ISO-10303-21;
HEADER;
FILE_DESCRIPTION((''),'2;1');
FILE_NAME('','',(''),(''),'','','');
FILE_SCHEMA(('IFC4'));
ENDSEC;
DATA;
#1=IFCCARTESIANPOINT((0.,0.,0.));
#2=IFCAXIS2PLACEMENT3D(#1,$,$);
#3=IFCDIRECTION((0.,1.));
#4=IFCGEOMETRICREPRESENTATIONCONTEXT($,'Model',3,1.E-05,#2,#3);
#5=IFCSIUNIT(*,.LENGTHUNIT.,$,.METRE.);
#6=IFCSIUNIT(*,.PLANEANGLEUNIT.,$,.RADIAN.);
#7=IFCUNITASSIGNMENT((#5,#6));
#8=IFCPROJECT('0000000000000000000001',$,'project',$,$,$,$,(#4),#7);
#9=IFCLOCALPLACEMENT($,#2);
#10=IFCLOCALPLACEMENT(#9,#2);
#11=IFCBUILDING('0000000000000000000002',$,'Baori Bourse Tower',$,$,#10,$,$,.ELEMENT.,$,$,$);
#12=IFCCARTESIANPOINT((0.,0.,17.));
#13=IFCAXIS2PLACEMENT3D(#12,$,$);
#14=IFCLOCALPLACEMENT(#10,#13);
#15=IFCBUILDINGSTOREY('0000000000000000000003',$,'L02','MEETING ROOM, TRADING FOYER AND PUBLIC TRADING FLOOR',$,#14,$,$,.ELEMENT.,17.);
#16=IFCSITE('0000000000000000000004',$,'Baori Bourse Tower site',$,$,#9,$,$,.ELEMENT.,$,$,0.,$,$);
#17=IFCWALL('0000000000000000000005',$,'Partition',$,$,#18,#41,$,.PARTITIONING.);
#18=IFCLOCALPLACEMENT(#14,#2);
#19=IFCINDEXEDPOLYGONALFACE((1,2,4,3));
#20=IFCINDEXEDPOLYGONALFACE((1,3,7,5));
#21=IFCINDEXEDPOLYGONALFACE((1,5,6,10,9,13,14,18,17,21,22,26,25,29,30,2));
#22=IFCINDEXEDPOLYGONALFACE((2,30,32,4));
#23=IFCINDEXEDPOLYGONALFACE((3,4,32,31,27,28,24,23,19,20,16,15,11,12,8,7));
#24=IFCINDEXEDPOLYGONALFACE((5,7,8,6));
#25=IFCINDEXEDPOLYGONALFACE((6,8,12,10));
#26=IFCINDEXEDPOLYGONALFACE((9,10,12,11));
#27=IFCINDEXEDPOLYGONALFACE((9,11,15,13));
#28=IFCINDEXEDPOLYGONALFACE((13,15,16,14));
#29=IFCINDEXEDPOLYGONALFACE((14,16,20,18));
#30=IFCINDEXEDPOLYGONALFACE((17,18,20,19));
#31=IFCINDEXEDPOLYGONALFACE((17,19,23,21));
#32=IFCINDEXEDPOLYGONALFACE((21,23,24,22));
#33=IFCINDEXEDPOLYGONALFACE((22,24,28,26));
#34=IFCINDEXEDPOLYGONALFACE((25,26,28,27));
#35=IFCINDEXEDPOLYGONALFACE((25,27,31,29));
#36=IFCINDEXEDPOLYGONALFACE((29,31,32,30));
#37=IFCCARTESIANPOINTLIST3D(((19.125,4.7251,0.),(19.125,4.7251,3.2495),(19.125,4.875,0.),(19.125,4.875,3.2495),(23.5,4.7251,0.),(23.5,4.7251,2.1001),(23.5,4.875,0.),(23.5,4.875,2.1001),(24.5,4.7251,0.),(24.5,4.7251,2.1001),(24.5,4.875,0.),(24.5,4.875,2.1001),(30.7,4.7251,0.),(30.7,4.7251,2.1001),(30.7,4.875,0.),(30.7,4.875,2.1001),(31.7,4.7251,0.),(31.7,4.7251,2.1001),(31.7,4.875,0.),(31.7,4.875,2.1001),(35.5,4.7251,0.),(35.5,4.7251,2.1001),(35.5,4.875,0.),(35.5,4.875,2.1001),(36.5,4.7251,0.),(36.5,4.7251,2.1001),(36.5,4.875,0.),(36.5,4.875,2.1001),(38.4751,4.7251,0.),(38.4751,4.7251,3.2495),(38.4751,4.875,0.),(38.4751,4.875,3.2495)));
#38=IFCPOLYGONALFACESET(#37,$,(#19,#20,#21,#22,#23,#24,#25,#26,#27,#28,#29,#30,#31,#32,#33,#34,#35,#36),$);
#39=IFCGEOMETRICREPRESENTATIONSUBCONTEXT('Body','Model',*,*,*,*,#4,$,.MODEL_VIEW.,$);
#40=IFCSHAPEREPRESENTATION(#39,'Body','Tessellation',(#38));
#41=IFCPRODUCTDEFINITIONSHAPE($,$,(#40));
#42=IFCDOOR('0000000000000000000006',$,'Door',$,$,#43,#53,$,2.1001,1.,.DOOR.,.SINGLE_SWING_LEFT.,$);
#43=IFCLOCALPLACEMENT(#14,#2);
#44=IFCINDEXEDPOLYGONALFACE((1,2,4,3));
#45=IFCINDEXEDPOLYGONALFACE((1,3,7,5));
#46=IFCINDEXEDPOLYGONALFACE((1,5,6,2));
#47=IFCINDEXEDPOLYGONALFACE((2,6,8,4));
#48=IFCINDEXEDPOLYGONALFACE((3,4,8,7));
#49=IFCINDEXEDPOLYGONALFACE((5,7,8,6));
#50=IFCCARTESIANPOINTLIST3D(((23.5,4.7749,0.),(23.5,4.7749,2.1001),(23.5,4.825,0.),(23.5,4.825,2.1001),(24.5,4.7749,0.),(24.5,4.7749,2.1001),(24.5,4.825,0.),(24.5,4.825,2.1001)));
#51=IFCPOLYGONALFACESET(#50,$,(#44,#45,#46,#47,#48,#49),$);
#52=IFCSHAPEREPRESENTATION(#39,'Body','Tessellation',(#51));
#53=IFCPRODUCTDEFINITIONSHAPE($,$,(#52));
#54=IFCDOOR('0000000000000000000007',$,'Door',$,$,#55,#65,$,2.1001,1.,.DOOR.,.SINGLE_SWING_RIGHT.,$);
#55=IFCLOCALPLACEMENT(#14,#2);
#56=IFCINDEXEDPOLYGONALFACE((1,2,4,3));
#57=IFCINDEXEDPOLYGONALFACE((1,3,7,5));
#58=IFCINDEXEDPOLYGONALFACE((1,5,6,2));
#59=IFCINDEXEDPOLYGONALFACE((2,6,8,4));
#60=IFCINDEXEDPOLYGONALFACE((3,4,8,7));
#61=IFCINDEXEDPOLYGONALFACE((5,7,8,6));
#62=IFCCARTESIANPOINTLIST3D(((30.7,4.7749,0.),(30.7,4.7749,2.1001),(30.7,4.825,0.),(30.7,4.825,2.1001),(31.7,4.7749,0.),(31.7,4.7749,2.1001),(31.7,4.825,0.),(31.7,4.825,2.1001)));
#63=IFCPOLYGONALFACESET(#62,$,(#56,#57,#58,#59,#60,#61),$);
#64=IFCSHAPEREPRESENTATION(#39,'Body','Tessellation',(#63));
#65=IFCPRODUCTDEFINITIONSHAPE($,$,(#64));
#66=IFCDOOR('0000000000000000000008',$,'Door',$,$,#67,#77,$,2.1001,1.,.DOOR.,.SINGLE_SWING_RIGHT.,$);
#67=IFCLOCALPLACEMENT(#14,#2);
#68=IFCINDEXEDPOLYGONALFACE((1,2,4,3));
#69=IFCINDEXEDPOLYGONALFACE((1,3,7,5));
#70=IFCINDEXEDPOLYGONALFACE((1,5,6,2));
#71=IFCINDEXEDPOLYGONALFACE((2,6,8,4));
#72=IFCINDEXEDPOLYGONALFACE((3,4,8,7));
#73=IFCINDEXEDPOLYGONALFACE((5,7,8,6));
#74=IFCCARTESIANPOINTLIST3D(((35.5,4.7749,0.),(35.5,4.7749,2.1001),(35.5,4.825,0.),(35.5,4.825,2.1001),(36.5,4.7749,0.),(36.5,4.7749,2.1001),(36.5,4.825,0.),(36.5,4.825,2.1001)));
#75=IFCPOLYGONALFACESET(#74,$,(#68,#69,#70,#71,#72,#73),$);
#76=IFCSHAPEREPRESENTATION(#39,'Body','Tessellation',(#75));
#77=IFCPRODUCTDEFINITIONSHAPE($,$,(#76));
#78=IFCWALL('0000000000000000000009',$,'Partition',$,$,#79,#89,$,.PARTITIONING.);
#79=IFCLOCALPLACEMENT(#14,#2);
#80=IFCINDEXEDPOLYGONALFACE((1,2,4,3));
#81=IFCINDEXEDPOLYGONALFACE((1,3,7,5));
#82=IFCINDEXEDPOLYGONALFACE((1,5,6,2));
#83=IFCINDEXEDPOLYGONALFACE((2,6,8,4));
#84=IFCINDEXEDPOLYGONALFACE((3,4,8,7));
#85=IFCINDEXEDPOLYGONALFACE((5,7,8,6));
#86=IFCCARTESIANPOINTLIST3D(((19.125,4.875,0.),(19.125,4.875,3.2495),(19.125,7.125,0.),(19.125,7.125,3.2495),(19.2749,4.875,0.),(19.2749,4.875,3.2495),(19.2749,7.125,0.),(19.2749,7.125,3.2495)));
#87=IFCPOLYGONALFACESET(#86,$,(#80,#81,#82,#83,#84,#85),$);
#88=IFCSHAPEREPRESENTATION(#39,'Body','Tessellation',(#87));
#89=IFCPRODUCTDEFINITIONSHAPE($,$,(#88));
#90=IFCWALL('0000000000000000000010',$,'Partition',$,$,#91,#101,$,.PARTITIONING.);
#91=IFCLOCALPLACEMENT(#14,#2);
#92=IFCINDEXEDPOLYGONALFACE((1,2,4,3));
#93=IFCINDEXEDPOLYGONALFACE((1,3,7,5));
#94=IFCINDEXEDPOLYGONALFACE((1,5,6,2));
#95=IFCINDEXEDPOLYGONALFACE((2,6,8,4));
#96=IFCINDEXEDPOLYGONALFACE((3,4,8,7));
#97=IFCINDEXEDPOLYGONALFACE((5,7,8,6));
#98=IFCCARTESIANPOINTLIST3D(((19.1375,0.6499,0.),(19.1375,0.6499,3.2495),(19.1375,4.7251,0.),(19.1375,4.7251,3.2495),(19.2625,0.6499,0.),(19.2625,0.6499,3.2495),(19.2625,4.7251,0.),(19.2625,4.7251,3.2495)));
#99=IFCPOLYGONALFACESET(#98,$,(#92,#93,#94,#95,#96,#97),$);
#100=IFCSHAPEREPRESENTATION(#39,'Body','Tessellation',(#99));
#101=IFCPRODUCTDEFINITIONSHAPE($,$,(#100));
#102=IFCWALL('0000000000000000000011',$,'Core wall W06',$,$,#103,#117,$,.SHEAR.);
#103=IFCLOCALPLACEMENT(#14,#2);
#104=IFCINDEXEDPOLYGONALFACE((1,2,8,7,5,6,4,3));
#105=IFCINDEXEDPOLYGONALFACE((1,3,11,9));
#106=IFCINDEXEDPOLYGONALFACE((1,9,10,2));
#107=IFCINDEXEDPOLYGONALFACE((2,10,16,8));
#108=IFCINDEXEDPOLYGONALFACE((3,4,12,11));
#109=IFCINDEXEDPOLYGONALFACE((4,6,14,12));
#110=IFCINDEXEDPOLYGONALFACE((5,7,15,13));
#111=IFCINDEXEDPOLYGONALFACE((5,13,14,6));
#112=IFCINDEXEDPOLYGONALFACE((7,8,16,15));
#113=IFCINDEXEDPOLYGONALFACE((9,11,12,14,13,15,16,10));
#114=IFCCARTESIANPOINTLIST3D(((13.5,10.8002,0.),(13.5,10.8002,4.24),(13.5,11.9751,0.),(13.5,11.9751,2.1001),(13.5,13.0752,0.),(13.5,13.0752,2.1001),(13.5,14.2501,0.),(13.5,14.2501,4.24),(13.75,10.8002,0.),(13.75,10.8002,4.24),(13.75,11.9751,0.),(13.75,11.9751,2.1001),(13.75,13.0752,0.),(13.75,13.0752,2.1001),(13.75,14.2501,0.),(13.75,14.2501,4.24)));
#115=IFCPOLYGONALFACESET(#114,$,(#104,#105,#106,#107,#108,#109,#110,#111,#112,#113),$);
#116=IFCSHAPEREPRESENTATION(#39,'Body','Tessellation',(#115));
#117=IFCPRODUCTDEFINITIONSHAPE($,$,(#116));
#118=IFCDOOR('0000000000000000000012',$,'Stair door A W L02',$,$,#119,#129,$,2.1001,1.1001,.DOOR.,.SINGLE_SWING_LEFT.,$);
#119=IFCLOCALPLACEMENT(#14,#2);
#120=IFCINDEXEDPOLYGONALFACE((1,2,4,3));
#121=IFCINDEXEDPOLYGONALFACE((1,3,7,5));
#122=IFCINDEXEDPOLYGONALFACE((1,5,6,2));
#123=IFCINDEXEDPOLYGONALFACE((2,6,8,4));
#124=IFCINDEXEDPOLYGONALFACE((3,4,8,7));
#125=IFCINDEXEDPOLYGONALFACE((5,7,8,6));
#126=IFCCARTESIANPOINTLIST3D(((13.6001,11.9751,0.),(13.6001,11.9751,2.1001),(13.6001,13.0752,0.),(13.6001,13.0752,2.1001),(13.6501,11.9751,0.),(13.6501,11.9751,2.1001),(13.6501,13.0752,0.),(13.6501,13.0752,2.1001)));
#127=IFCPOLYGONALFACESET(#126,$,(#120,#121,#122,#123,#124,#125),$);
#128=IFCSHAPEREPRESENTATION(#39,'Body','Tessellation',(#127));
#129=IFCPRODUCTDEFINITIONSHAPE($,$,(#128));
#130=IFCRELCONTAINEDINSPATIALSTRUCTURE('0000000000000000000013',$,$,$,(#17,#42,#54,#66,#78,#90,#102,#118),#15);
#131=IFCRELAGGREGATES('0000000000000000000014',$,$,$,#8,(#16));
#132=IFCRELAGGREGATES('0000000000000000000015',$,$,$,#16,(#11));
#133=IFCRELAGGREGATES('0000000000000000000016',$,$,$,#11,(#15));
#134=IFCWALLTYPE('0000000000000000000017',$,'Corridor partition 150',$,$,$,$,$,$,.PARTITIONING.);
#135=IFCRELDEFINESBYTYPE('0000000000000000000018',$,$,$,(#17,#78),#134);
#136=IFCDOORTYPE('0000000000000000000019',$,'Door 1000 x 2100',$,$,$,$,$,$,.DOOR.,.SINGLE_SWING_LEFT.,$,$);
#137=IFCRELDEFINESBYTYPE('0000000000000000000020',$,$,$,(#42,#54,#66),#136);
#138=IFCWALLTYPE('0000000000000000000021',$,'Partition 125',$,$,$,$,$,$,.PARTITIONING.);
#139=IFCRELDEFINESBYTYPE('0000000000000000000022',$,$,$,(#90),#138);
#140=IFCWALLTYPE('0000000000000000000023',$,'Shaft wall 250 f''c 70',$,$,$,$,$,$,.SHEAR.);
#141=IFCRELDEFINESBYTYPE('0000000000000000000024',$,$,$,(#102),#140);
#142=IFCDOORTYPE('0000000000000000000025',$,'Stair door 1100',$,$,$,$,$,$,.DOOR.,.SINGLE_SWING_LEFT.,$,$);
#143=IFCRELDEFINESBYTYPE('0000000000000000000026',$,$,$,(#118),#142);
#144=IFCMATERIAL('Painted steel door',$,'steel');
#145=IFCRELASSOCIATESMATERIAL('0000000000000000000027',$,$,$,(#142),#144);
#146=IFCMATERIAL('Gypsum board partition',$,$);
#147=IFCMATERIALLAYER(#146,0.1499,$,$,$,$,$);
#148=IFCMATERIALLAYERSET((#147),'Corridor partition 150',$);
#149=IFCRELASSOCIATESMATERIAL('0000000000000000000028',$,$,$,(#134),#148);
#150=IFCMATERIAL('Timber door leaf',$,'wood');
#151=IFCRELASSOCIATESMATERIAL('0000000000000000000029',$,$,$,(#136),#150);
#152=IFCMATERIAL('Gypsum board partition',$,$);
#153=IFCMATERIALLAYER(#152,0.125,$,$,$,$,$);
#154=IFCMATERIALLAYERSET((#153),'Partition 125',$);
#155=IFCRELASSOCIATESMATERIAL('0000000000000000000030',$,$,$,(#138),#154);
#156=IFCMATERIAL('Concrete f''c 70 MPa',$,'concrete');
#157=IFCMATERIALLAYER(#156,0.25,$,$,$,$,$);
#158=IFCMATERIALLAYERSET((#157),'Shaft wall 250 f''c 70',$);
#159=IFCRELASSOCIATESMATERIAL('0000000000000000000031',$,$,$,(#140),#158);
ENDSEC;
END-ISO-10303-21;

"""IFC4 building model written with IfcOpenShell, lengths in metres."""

from ifc_helpers import new_model, si_unit, direction, frame, frame_2d, origin, place, context, subcontext, project, spatial, rectangle, extrude, material, layer, layer_set, type_object, element, fill, save


model = new_model("IFC4")

# Units and contexts
model_context = context("Model", 3, precision=1e-05, world=origin(), true_north=direction((0.0, 1.0)))
body_context = subcontext(model_context, "Body", "Model", "MODEL_VIEW")
ifc_project = project(units=[si_unit("LENGTHUNIT", "METRE"), si_unit("PLANEANGLEUNIT", "RADIAN")], contexts=[model_context])

# Site, building, storey
site_placement = place(None, origin())
site = spatial("IfcSite", under=ifc_project, at=site_placement, Name="Baori Bourse Tower site", CompositionType="ELEMENT", RefElevation=0.0)
building_placement = place(site_placement, origin())
building = spatial("IfcBuilding", under=site, at=building_placement, Name="Baori Bourse Tower", CompositionType="ELEMENT")
storey_placement = place(building_placement, frame((0.0, 0.0, 17.0)))
storey = spatial("IfcBuildingStorey", under=building, at=storey_placement, Name="L02", Description="MEETING ROOM, TRADING FOYER AND PUBLIC TRADING FLOOR", CompositionType="ELEMENT", Elevation=17.0)

# Shared definitions
ifc_material_1 = material(Name="Painted steel door", Category="steel")
door_type_1 = type_object("IfcDoorType", Name="Stair door 1100", OperationType="SINGLE_SWING_LEFT", PredefinedType="DOOR", material=ifc_material_1)

# Wall, openings, doors
ifc_material_2 = material(Name="Gypsum board partition")
ifc_layer_1 = layer(ifc_material_2, 0.1499)
ifc_layer_set_1 = layer_set([ifc_layer_1], Name="Corridor partition 150")
wall_type_1 = type_object("IfcWallType", Name="Corridor partition 150", PredefinedType="PARTITIONING", material=ifc_layer_set_1)
wall_1_placement = place(storey_placement, frame((19.125, 4.8, 0.0), z_axis=(0.0, 0.0, 1.0), x_axis=(1.0, 0.0, 0.0)))
wall_1 = element("IfcWall", 1, at=wall_1_placement, inside=storey, type_object=wall_type_1, Name="Partition", PredefinedType="PARTITIONING", context=body_context, shape_type="SweptSolid", body=[
    extrude(rectangle(XDim=19.3501, YDim=0.1499, at=frame_2d((9.675, 0.0))), origin(), (0.0, 0.0, 1.0), 3.2495),
])
opening_1_placement = place(wall_1_placement, frame((4.375, 0.0, 0.0)))
opening_1 = element("IfcOpeningElement", 2, at=opening_1_placement, cuts=wall_1, PredefinedType="OPENING", context=body_context, shape_type="SweptSolid", body=[
    extrude(rectangle(XDim=1.0, YDim=2.1001, at=frame_2d((0.5, 1.05))), frame((0.0, 0.085, 0.0), z_axis=(0.0, -1.0, 0.0), x_axis=(1.0, 0.0, 0.0)), (0.0, 0.0, 1.0), 0.1699),
])
opening_2_placement = place(wall_1_placement, frame((11.575, 0.0, 0.0)))
opening_2 = element("IfcOpeningElement", 3, at=opening_2_placement, cuts=wall_1, PredefinedType="OPENING", context=body_context, shape_type="SweptSolid", body=[
    extrude(rectangle(XDim=1.0, YDim=2.1001, at=frame_2d((0.5, 1.05))), frame((0.0, 0.085, 0.0), z_axis=(0.0, -1.0, 0.0), x_axis=(1.0, 0.0, 0.0)), (0.0, 0.0, 1.0), 0.1699),
])
opening_3_placement = place(wall_1_placement, frame((16.375, 0.0, 0.0)))
opening_3 = element("IfcOpeningElement", 4, at=opening_3_placement, cuts=wall_1, PredefinedType="OPENING", context=body_context, shape_type="SweptSolid", body=[
    extrude(rectangle(XDim=1.0, YDim=2.1001, at=frame_2d((0.5, 1.05))), frame((0.0, 0.085, 0.0), z_axis=(0.0, -1.0, 0.0), x_axis=(1.0, 0.0, 0.0)), (0.0, 0.0, 1.0), 0.1699),
])
ifc_material_3 = material(Name="Timber door leaf", Category="wood")
door_type_2 = type_object("IfcDoorType", Name="Door 1000 x 2100", OperationType="SINGLE_SWING_LEFT", PredefinedType="DOOR", material=ifc_material_3)
door_1_placement = place(opening_1_placement, origin())
door_1 = element("IfcDoor", 5, at=door_1_placement, inside=storey, type_object=door_type_2, Name="Door", OperationType="SINGLE_SWING_LEFT", OverallHeight=2.1001, OverallWidth=1.0, PredefinedType="DOOR", context=body_context, shape_type="SweptSolid", body=[
    extrude(rectangle(XDim=1.0, YDim=2.1001, at=frame_2d((0.5, 1.05))), frame((0.0, 0.0249, 0.0), z_axis=(0.0, -1.0, 0.0), x_axis=(1.0, 0.0, 0.0)), (0.0, 0.0, 1.0), 0.05),
])
fill(opening_1, door_1)
door_2_placement = place(opening_2_placement, origin())
door_2 = element("IfcDoor", 6, at=door_2_placement, inside=storey, type_object=door_type_2, Name="Door", OperationType="SINGLE_SWING_RIGHT", OverallHeight=2.1001, OverallWidth=1.0, PredefinedType="DOOR", context=body_context, shape_type="SweptSolid", body=[
    extrude(rectangle(XDim=1.0, YDim=2.1001, at=frame_2d((0.5, 1.05))), frame((0.0, 0.0249, 0.0), z_axis=(0.0, -1.0, 0.0), x_axis=(1.0, 0.0, 0.0)), (0.0, 0.0, 1.0), 0.05),
])
fill(opening_2, door_2)
door_3_placement = place(opening_3_placement, origin())
door_3 = element("IfcDoor", 7, at=door_3_placement, inside=storey, type_object=door_type_2, Name="Door", OperationType="SINGLE_SWING_RIGHT", OverallHeight=2.1001, OverallWidth=1.0, PredefinedType="DOOR", context=body_context, shape_type="SweptSolid", body=[
    extrude(rectangle(XDim=1.0, YDim=2.1001, at=frame_2d((0.5, 1.05))), frame((0.0, 0.0249, 0.0), z_axis=(0.0, -1.0, 0.0), x_axis=(1.0, 0.0, 0.0)), (0.0, 0.0, 1.0), 0.05),
])
fill(opening_3, door_3)

# Walls
wall_2_placement = place(storey_placement, frame((19.2, 4.875, 0.0), z_axis=(0.0, 0.0, 1.0), x_axis=(0.0, 1.0, 0.0)))
element("IfcWall", 8, at=wall_2_placement, inside=storey, type_object=wall_type_1, Name="Partition", PredefinedType="PARTITIONING", context=body_context, shape_type="SweptSolid", body=[
    extrude(rectangle(XDim=2.25, YDim=0.1499, at=frame_2d((1.125, 0.0))), origin(), (0.0, 0.0, 1.0), 3.2495),
])
ifc_material_4 = material(Name="Gypsum board partition")
ifc_layer_2 = layer(ifc_material_4, 0.125)
ifc_layer_set_2 = layer_set([ifc_layer_2], Name="Partition 125")
wall_type_2 = type_object("IfcWallType", Name="Partition 125", PredefinedType="PARTITIONING", material=ifc_layer_set_2)
wall_3_placement = place(storey_placement, frame((19.2, 0.6499, 0.0), z_axis=(0.0, 0.0, 1.0), x_axis=(0.0, 1.0, 0.0)))
element("IfcWall", 9, at=wall_3_placement, inside=storey, type_object=wall_type_2, Name="Partition", PredefinedType="PARTITIONING", context=body_context, shape_type="SweptSolid", body=[
    extrude(rectangle(XDim=4.0752, YDim=0.125, at=frame_2d((2.0376, 0.0))), origin(), (0.0, 0.0, 1.0), 3.2495),
])

# Wall, opening, door
ifc_material_5 = material(Name="Concrete f'c 70 MPa", Category="concrete")
ifc_layer_3 = layer(ifc_material_5, 0.25)
ifc_layer_set_3 = layer_set([ifc_layer_3], Name="Shaft wall 250 f'c 70")
wall_type_3 = type_object("IfcWallType", Name="Shaft wall 250 f'c 70", PredefinedType="SHEAR", material=ifc_layer_set_3)
wall_4_placement = place(storey_placement, frame((13.625, 10.8, 0.0), z_axis=(0.0, 0.0, 1.0), x_axis=(0.0, 1.0, 0.0)))
wall_4 = element("IfcWall", 10, at=wall_4_placement, inside=storey, type_object=wall_type_3, Name="Core wall W06", PredefinedType="SHEAR", context=body_context, shape_type="SweptSolid", body=[
    extrude(rectangle(XDim=3.45, YDim=0.25, at=frame_2d((1.7251, 0.0))), origin(), (0.0, 0.0, 1.0), 4.24),
])
opening_4_placement = place(wall_4_placement, frame((1.175, 0.0, 0.0)))
opening_4 = element("IfcOpeningElement", 11, at=opening_4_placement, cuts=wall_4, PredefinedType="OPENING", context=body_context, shape_type="SweptSolid", body=[
    extrude(rectangle(XDim=1.1001, YDim=2.1001, at=frame_2d((0.55, 1.05))), frame((0.0, 0.135, 0.0), z_axis=(0.0, -1.0, 0.0), x_axis=(1.0, 0.0, 0.0)), (0.0, 0.0, 1.0), 0.27),
])
door_4_placement = place(opening_4_placement, origin())
door_4 = element("IfcDoor", 12, at=door_4_placement, inside=storey, type_object=door_type_1, Name="Stair door A W L02", OperationType="SINGLE_SWING_LEFT", OverallHeight=2.1001, OverallWidth=1.1001, PredefinedType="DOOR", context=body_context, shape_type="SweptSolid", body=[
    extrude(rectangle(XDim=1.1001, YDim=2.1001, at=frame_2d((0.55, 1.05))), frame((0.0, 0.0249, 0.0), z_axis=(0.0, -1.0, 0.0), x_axis=(1.0, 0.0, 0.0)), (0.0, 0.0, 1.0), 0.05),
])
fill(opening_4, door_4)

save(model, "model.ifc")
